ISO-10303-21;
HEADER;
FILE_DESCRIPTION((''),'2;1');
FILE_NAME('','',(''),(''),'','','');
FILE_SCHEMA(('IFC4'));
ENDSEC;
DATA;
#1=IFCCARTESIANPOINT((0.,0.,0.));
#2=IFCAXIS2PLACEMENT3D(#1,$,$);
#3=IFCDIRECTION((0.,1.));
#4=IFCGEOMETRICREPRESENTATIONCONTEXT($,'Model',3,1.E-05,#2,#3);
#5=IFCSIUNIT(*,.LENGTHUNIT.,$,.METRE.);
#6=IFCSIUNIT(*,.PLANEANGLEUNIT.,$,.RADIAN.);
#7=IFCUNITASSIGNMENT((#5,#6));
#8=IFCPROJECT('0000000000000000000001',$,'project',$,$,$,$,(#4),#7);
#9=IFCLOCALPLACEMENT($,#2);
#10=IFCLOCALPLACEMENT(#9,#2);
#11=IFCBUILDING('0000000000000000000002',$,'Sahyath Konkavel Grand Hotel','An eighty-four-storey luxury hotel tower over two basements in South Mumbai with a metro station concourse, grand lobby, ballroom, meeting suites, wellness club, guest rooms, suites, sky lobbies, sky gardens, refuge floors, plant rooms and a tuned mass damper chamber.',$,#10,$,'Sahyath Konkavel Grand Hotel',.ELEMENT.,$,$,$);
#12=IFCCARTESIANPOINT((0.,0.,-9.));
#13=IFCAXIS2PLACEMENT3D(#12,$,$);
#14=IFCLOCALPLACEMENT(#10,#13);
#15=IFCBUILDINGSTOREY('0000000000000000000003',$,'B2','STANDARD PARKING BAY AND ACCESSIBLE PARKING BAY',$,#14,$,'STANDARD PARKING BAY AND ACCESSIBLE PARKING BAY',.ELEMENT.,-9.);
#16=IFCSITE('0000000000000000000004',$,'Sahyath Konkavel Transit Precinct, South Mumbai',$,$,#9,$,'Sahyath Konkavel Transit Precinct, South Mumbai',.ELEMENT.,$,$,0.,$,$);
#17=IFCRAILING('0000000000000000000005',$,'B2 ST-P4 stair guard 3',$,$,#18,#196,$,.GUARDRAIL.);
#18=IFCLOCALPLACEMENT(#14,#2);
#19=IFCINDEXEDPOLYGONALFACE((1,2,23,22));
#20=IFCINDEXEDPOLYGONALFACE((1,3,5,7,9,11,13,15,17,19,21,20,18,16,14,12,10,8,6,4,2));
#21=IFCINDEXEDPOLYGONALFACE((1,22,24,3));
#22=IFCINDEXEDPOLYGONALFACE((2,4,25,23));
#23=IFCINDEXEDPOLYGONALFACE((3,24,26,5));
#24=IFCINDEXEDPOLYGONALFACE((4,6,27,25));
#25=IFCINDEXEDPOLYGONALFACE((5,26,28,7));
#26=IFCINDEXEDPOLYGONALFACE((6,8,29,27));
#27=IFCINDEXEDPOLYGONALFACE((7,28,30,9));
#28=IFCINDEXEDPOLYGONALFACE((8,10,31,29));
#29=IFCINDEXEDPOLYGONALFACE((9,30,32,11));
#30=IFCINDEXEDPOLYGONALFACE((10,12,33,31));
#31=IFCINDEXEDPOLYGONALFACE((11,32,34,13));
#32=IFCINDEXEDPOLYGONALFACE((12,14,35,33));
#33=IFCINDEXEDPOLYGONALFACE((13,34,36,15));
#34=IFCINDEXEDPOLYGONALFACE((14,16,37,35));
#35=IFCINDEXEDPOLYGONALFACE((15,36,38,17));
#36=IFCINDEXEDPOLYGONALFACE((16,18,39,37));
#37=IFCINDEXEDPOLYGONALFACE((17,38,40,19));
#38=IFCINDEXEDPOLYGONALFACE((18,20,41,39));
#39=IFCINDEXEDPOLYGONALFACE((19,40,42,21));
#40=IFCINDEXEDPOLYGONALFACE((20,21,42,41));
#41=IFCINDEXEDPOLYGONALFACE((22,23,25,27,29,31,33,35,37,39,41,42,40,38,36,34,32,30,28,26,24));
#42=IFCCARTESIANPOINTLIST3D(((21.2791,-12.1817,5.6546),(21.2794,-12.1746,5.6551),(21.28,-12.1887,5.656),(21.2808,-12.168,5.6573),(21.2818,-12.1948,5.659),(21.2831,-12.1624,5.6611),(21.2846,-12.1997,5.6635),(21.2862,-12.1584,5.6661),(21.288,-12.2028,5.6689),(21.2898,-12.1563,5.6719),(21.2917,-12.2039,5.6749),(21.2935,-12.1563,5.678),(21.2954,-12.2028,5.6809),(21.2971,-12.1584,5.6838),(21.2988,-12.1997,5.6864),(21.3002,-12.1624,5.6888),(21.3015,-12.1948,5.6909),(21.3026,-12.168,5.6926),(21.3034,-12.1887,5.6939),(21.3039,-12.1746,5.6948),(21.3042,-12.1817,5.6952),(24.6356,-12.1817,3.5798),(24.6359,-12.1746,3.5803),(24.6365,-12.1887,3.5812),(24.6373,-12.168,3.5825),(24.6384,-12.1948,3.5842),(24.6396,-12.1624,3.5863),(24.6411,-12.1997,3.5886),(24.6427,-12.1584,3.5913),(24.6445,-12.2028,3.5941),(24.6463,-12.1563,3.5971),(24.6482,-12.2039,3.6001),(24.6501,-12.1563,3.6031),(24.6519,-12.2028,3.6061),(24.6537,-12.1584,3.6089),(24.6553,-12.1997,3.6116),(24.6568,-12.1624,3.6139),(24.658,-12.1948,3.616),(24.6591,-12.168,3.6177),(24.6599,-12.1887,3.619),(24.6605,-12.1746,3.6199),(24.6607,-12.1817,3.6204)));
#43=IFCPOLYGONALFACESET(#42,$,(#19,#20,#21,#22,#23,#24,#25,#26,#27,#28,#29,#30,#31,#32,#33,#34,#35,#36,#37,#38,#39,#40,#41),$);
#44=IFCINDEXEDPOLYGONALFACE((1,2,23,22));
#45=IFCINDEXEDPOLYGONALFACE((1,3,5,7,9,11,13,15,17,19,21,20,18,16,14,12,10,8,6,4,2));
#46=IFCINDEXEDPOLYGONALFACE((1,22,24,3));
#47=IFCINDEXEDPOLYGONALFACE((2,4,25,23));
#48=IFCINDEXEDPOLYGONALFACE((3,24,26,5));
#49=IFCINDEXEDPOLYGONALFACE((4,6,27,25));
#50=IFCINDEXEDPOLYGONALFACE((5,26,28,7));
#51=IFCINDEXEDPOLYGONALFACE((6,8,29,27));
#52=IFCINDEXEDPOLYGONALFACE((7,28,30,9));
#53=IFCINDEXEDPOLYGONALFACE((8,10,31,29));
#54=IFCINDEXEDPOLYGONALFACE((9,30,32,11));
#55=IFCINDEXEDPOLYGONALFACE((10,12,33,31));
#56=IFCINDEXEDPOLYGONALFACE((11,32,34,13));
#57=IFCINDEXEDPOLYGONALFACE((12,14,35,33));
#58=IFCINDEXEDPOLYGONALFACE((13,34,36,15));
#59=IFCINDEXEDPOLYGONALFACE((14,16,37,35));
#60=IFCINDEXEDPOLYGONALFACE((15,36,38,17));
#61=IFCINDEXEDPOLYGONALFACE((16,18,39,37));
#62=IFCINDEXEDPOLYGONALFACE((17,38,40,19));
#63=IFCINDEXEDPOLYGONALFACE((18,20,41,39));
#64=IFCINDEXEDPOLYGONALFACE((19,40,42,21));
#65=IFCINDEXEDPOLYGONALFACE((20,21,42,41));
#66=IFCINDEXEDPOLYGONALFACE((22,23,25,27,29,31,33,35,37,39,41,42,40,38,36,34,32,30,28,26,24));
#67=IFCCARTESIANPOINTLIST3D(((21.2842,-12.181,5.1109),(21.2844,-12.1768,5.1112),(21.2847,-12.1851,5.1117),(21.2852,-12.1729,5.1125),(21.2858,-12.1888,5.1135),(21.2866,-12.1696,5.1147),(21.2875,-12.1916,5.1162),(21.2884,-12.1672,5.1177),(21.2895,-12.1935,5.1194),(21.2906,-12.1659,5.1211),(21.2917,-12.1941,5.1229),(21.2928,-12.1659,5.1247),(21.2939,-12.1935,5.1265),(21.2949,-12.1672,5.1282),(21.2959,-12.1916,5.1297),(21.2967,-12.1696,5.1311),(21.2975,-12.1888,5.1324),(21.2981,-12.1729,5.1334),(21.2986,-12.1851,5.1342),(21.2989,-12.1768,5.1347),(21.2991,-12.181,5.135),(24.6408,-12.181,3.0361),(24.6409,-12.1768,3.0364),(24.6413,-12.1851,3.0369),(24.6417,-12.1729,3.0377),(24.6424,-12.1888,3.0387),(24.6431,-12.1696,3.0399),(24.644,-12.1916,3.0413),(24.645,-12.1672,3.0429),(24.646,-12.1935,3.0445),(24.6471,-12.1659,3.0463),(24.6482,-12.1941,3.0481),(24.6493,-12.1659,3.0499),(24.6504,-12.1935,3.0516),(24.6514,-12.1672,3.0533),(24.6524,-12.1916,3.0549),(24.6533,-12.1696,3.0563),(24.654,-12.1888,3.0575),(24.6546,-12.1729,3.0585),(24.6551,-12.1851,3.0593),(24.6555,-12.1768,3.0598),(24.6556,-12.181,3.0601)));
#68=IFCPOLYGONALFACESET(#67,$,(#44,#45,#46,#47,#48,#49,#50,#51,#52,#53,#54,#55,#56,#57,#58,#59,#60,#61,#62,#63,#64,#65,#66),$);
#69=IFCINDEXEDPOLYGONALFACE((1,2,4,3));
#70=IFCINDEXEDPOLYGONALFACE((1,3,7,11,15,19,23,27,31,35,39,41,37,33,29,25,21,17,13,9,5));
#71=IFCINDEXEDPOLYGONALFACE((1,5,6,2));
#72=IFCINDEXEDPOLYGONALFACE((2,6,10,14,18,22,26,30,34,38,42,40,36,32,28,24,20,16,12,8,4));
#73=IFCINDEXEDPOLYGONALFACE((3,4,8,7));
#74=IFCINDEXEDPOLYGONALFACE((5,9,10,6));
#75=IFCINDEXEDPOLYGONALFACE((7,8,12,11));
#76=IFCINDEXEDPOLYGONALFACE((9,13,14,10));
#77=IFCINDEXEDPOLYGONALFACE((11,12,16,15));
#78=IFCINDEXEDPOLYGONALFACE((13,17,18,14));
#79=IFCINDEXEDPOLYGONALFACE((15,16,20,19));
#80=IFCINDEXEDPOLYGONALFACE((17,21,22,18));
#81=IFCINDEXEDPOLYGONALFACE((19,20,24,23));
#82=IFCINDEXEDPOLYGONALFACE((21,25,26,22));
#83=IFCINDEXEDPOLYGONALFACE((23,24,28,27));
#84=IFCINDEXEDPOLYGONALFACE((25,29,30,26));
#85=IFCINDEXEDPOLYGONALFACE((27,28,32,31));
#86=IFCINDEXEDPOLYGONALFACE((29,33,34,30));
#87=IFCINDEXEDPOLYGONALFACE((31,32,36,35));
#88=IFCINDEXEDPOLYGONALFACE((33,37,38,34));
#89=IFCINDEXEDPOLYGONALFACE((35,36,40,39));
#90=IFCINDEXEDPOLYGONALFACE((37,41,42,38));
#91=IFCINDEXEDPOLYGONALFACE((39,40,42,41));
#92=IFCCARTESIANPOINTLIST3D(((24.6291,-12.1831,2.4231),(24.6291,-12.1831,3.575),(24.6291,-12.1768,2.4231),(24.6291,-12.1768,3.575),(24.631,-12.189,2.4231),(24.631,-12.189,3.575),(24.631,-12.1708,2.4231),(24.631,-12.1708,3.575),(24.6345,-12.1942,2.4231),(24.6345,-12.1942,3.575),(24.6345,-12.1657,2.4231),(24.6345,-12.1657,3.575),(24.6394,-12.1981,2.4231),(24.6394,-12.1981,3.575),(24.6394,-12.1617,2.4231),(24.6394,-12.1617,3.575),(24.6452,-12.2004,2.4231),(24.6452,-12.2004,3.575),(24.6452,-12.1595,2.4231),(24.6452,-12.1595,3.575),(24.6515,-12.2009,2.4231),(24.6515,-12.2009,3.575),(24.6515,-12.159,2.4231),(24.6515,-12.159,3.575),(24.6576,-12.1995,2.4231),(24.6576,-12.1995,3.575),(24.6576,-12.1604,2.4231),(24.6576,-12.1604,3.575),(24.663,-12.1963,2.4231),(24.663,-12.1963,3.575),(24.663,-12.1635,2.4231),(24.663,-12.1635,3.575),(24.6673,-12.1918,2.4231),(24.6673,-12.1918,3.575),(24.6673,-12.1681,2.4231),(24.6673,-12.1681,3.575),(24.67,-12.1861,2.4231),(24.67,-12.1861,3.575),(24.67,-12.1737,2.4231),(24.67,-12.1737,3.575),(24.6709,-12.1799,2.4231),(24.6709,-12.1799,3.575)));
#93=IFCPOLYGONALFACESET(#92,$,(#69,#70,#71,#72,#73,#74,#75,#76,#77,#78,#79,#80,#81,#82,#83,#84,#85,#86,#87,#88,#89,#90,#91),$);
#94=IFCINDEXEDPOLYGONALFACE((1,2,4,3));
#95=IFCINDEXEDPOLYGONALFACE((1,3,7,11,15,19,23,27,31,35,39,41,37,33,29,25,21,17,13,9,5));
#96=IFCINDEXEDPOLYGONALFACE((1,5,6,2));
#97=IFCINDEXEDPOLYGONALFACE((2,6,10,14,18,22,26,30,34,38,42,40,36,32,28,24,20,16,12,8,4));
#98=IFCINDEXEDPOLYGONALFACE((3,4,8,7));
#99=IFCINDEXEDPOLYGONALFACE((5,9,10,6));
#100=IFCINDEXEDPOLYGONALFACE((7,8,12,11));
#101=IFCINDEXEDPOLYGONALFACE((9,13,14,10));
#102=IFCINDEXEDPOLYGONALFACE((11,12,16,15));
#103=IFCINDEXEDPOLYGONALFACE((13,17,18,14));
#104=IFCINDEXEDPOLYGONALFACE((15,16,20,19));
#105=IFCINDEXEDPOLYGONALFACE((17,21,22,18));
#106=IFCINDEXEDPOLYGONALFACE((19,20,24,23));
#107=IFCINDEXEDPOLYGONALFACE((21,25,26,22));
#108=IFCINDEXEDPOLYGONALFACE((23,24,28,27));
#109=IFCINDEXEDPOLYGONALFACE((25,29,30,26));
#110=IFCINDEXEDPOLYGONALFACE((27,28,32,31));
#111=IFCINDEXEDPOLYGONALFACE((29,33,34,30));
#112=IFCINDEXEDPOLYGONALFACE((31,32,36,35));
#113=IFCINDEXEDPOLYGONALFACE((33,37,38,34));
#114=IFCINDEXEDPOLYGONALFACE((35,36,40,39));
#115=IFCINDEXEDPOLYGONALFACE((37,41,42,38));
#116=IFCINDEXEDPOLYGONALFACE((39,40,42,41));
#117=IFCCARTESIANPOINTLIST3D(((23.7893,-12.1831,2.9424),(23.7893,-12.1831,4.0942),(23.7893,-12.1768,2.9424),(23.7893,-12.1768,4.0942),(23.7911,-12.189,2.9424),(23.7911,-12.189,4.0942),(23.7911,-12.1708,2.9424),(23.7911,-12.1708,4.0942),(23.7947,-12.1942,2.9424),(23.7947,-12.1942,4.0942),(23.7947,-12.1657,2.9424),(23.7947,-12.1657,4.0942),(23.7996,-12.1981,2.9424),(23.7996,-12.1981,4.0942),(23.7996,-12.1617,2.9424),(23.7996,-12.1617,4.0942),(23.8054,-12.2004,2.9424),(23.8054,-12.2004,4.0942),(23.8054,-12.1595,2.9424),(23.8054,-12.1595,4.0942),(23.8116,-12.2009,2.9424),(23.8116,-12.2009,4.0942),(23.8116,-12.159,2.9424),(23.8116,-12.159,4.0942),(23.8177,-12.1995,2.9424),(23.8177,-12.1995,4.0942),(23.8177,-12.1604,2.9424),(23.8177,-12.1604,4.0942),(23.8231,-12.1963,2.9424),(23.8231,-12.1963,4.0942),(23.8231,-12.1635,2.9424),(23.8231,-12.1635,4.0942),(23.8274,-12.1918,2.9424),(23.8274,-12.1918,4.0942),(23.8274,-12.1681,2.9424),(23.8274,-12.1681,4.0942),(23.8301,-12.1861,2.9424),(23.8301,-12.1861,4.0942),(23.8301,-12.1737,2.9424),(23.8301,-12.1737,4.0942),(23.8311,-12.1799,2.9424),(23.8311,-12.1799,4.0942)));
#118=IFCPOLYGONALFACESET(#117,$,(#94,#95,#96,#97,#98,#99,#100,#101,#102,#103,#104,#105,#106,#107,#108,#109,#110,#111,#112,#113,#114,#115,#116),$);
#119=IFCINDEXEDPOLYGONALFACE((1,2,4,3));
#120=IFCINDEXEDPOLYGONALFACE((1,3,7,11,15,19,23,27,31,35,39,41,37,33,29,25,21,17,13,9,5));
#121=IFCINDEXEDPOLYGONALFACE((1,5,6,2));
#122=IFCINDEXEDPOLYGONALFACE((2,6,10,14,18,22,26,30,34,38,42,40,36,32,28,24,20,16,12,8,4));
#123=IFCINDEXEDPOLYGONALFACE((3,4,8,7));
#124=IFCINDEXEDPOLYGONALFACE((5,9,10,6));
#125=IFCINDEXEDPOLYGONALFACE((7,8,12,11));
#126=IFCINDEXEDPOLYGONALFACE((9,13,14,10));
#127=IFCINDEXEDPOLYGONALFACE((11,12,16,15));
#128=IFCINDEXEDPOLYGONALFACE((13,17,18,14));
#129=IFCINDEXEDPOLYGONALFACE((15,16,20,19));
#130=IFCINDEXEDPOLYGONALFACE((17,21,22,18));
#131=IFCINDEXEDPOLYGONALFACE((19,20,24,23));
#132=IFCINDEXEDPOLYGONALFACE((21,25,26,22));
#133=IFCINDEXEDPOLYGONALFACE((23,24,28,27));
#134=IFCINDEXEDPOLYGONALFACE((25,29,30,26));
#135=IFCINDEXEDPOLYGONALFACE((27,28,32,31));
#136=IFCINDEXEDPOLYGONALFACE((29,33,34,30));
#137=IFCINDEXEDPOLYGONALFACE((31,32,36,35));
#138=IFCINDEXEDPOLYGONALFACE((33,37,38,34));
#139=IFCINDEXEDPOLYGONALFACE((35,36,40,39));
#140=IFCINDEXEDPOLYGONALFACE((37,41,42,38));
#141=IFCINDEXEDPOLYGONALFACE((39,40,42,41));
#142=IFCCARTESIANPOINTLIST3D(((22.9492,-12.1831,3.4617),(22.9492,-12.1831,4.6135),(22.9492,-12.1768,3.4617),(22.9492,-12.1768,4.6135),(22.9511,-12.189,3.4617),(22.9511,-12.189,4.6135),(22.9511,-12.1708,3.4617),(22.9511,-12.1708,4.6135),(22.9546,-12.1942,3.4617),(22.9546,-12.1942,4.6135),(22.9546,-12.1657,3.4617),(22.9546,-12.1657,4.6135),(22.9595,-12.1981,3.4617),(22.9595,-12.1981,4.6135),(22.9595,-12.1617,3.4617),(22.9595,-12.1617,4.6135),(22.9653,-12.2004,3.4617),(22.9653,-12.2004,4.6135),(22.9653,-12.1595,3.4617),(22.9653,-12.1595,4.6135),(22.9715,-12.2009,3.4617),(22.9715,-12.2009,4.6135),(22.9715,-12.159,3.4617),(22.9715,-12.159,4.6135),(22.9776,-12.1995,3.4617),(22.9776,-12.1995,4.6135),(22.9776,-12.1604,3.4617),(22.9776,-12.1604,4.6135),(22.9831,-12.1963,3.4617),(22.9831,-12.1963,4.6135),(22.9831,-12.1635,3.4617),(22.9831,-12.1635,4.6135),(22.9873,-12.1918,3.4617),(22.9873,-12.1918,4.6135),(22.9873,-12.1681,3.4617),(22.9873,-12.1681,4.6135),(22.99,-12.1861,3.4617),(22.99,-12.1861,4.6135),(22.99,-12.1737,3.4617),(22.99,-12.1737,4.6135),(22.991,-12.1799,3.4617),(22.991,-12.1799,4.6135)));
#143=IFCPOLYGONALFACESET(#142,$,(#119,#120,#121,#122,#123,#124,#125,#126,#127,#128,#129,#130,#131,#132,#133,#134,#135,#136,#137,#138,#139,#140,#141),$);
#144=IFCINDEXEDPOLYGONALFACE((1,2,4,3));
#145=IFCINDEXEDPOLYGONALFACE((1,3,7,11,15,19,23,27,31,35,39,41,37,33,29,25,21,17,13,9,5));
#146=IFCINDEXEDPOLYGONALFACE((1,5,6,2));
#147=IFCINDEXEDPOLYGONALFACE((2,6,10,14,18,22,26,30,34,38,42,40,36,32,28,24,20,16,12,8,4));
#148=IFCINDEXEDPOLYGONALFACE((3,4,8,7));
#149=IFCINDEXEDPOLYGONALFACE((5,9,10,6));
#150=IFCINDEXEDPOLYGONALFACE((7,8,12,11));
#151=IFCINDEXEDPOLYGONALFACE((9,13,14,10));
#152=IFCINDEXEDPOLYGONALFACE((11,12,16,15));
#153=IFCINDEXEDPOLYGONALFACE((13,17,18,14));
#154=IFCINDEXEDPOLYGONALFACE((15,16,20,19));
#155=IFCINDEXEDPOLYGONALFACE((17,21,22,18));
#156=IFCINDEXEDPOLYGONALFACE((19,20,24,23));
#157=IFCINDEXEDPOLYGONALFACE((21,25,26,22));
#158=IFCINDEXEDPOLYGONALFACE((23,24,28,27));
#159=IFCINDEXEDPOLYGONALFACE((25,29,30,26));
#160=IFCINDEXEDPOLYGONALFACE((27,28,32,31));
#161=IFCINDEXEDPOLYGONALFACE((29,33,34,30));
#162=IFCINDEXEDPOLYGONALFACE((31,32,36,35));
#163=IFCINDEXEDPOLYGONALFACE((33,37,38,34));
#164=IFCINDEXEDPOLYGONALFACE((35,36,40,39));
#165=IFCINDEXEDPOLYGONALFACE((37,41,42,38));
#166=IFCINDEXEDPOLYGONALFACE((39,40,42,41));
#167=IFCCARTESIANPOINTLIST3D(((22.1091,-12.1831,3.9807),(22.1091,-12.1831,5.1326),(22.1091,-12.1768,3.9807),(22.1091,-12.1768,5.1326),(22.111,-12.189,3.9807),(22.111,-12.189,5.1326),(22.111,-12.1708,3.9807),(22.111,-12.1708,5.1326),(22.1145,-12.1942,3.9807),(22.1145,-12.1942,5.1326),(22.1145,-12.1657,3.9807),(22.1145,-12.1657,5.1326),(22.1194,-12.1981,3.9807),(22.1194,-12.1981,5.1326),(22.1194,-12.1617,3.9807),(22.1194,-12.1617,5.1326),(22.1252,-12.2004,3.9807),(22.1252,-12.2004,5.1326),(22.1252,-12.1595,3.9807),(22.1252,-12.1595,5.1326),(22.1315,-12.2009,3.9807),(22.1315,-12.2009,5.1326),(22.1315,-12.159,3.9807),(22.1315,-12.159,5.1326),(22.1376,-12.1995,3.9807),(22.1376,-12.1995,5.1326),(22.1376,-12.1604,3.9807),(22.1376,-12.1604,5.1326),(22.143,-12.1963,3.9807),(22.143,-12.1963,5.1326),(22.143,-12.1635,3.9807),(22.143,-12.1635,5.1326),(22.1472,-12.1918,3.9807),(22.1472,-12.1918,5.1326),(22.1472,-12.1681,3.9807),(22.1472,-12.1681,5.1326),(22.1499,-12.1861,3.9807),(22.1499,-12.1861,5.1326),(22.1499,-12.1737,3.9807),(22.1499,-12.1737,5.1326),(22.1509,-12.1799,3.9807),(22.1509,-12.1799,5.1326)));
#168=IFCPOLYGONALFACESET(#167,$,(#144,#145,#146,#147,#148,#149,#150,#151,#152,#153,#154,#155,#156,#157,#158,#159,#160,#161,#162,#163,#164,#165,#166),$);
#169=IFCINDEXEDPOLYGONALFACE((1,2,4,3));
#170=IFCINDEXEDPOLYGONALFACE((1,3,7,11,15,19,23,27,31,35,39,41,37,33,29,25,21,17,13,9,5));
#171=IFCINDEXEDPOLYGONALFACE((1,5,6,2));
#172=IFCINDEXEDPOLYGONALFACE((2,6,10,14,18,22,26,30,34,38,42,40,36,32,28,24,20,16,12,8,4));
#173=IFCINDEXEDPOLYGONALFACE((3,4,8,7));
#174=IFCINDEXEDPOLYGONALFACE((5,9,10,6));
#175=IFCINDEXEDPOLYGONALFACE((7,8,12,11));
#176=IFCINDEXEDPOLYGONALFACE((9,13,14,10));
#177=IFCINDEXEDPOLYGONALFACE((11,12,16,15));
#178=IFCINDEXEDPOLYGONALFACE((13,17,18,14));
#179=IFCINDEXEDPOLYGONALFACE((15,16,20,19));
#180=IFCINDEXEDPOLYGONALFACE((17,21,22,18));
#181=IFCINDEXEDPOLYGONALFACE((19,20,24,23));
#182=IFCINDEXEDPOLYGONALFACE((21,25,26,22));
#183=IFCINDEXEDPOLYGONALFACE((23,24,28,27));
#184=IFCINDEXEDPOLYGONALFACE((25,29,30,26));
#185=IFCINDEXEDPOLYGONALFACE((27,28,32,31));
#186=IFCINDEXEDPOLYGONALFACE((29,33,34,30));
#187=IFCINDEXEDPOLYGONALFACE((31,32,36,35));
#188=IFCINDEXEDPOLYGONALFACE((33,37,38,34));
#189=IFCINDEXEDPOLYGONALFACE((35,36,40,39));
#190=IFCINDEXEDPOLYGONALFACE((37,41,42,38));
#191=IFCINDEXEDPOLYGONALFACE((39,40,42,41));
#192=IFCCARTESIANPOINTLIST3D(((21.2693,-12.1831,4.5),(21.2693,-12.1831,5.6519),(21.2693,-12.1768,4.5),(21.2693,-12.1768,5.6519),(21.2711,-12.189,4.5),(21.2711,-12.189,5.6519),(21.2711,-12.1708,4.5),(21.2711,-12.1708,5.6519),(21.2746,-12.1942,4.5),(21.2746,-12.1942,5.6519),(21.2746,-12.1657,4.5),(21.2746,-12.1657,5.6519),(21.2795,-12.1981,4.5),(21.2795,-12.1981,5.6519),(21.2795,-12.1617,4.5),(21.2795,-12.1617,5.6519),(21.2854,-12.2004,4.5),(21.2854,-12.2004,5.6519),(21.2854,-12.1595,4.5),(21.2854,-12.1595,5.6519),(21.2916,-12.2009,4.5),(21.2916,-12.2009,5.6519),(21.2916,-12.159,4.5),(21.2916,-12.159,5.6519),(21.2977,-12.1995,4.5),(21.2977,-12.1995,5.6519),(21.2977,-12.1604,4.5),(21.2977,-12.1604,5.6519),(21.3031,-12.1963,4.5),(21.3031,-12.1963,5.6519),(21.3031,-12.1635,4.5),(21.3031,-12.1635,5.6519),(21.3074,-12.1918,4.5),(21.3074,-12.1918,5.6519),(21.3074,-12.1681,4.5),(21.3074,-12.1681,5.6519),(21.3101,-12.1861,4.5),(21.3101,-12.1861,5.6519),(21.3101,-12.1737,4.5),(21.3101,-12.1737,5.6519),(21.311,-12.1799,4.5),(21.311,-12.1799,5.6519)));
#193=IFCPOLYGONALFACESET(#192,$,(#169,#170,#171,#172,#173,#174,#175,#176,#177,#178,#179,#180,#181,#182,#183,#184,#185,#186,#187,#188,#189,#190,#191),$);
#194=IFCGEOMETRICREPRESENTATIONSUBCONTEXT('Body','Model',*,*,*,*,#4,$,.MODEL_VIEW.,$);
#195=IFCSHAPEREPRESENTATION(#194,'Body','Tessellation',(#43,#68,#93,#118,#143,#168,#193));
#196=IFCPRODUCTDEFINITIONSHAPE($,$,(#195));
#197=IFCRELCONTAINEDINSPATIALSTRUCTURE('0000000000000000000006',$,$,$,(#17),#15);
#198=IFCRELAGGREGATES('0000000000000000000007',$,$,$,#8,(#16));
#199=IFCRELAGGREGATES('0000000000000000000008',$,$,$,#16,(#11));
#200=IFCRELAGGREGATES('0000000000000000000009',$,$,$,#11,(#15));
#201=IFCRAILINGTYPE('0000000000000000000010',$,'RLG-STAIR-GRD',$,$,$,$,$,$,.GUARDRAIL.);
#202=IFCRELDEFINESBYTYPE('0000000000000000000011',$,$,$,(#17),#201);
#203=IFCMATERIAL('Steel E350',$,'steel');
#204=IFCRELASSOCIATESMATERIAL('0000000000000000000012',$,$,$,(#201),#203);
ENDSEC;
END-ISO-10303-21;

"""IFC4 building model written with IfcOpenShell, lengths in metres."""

from ifc_helpers import new_model, si_unit, direction, frame, origin, origin_2d, place, context, subcontext, project, spatial, circle, extrude, material, type_object, element, save


model = new_model("IFC4")

# Units and contexts
model_context = context("Model", 3, precision=1e-05, world=origin(), true_north=direction((0.0, 1.0)))
body_context = subcontext(model_context, "Body", "Model", "MODEL_VIEW")
ifc_project = project(units=[si_unit("LENGTHUNIT", "METRE"), si_unit("PLANEANGLEUNIT", "RADIAN")], contexts=[model_context])

# Site, building, storey
site_placement = place(None, origin())
site = spatial("IfcSite", under=ifc_project, at=site_placement, Name="Sahyath Konkavel Transit Precinct, South Mumbai", LongName="Sahyath Konkavel Transit Precinct, South Mumbai", CompositionType="ELEMENT", RefElevation=0.0)
building_placement = place(site_placement, origin())
building = spatial("IfcBuilding", under=site, at=building_placement, Name="Sahyath Konkavel Grand Hotel", Description="An eighty-four-storey luxury hotel tower over two basements in South Mumbai with a metro station concourse, grand lobby, ballroom, meeting suites, wellness club, guest rooms, suites, sky lobbies, sky gardens, refuge floors, plant rooms and a tuned mass damper chamber.", LongName="Sahyath Konkavel Grand Hotel", CompositionType="ELEMENT")
storey_placement = place(building_placement, frame((0.0, 0.0, -9.0)))
storey = spatial("IfcBuildingStorey", under=building, at=storey_placement, Name="B2", Description="STANDARD PARKING BAY AND ACCESSIBLE PARKING BAY", LongName="STANDARD PARKING BAY AND ACCESSIBLE PARKING BAY", CompositionType="ELEMENT", Elevation=-9.0)

# Shared definitions
ifc_material_1 = material(Name="Steel E350", Category="steel")

# Railing
railing_type_1 = type_object("IfcRailingType", Name="RLG-STAIR-GRD", PredefinedType="GUARDRAIL", material=ifc_material_1)
railing_1_placement = place(storey_placement, frame((24.6499, -12.1799, 2.4231)))
element("IfcRailing", 1, at=railing_1_placement, inside=storey, type_object=railing_type_1, Name="B2 ST-P4 stair guard 3", PredefinedType="GUARDRAIL", context=body_context, shape_type="SweptSolid", body=[
    extrude(circle(Radius=0.0239, at=origin_2d()), frame((-0.0017, 0.0, 1.177), z_axis=(-0.850606, 0.0, 0.525803), x_axis=(0.0, -1.0, 0.0)), (0.0, 0.0, 1.0), 3.946),
    extrude(circle(Radius=0.0142, at=origin_2d()), frame((-0.0017, 0.0, 0.625), z_axis=(-0.850606, 0.0, 0.525803), x_axis=(0.0, -1.0, 0.0)), (0.0, 0.0, 1.0), 3.946),
    extrude(circle(Radius=0.021, at=origin_2d()), origin(), (0.0, 0.0, 1.0), 1.1519),
    extrude(circle(Radius=0.021, at=origin_2d()), frame((-0.8398, 0.0, 0.5193)), (0.0, 0.0, 1.0), 1.1519),
    extrude(circle(Radius=0.021, at=origin_2d()), frame((-1.6799, 0.0, 1.0386)), (0.0, 0.0, 1.0), 1.1519),
    extrude(circle(Radius=0.021, at=origin_2d()), frame((-2.52, 0.0, 1.5576)), (0.0, 0.0, 1.0), 1.1519),
    extrude(circle(Radius=0.021, at=origin_2d()), frame((-3.3599, 0.0, 2.0769)), (0.0, 0.0, 1.0), 1.1519),
])

save(model, "model.ifc")
